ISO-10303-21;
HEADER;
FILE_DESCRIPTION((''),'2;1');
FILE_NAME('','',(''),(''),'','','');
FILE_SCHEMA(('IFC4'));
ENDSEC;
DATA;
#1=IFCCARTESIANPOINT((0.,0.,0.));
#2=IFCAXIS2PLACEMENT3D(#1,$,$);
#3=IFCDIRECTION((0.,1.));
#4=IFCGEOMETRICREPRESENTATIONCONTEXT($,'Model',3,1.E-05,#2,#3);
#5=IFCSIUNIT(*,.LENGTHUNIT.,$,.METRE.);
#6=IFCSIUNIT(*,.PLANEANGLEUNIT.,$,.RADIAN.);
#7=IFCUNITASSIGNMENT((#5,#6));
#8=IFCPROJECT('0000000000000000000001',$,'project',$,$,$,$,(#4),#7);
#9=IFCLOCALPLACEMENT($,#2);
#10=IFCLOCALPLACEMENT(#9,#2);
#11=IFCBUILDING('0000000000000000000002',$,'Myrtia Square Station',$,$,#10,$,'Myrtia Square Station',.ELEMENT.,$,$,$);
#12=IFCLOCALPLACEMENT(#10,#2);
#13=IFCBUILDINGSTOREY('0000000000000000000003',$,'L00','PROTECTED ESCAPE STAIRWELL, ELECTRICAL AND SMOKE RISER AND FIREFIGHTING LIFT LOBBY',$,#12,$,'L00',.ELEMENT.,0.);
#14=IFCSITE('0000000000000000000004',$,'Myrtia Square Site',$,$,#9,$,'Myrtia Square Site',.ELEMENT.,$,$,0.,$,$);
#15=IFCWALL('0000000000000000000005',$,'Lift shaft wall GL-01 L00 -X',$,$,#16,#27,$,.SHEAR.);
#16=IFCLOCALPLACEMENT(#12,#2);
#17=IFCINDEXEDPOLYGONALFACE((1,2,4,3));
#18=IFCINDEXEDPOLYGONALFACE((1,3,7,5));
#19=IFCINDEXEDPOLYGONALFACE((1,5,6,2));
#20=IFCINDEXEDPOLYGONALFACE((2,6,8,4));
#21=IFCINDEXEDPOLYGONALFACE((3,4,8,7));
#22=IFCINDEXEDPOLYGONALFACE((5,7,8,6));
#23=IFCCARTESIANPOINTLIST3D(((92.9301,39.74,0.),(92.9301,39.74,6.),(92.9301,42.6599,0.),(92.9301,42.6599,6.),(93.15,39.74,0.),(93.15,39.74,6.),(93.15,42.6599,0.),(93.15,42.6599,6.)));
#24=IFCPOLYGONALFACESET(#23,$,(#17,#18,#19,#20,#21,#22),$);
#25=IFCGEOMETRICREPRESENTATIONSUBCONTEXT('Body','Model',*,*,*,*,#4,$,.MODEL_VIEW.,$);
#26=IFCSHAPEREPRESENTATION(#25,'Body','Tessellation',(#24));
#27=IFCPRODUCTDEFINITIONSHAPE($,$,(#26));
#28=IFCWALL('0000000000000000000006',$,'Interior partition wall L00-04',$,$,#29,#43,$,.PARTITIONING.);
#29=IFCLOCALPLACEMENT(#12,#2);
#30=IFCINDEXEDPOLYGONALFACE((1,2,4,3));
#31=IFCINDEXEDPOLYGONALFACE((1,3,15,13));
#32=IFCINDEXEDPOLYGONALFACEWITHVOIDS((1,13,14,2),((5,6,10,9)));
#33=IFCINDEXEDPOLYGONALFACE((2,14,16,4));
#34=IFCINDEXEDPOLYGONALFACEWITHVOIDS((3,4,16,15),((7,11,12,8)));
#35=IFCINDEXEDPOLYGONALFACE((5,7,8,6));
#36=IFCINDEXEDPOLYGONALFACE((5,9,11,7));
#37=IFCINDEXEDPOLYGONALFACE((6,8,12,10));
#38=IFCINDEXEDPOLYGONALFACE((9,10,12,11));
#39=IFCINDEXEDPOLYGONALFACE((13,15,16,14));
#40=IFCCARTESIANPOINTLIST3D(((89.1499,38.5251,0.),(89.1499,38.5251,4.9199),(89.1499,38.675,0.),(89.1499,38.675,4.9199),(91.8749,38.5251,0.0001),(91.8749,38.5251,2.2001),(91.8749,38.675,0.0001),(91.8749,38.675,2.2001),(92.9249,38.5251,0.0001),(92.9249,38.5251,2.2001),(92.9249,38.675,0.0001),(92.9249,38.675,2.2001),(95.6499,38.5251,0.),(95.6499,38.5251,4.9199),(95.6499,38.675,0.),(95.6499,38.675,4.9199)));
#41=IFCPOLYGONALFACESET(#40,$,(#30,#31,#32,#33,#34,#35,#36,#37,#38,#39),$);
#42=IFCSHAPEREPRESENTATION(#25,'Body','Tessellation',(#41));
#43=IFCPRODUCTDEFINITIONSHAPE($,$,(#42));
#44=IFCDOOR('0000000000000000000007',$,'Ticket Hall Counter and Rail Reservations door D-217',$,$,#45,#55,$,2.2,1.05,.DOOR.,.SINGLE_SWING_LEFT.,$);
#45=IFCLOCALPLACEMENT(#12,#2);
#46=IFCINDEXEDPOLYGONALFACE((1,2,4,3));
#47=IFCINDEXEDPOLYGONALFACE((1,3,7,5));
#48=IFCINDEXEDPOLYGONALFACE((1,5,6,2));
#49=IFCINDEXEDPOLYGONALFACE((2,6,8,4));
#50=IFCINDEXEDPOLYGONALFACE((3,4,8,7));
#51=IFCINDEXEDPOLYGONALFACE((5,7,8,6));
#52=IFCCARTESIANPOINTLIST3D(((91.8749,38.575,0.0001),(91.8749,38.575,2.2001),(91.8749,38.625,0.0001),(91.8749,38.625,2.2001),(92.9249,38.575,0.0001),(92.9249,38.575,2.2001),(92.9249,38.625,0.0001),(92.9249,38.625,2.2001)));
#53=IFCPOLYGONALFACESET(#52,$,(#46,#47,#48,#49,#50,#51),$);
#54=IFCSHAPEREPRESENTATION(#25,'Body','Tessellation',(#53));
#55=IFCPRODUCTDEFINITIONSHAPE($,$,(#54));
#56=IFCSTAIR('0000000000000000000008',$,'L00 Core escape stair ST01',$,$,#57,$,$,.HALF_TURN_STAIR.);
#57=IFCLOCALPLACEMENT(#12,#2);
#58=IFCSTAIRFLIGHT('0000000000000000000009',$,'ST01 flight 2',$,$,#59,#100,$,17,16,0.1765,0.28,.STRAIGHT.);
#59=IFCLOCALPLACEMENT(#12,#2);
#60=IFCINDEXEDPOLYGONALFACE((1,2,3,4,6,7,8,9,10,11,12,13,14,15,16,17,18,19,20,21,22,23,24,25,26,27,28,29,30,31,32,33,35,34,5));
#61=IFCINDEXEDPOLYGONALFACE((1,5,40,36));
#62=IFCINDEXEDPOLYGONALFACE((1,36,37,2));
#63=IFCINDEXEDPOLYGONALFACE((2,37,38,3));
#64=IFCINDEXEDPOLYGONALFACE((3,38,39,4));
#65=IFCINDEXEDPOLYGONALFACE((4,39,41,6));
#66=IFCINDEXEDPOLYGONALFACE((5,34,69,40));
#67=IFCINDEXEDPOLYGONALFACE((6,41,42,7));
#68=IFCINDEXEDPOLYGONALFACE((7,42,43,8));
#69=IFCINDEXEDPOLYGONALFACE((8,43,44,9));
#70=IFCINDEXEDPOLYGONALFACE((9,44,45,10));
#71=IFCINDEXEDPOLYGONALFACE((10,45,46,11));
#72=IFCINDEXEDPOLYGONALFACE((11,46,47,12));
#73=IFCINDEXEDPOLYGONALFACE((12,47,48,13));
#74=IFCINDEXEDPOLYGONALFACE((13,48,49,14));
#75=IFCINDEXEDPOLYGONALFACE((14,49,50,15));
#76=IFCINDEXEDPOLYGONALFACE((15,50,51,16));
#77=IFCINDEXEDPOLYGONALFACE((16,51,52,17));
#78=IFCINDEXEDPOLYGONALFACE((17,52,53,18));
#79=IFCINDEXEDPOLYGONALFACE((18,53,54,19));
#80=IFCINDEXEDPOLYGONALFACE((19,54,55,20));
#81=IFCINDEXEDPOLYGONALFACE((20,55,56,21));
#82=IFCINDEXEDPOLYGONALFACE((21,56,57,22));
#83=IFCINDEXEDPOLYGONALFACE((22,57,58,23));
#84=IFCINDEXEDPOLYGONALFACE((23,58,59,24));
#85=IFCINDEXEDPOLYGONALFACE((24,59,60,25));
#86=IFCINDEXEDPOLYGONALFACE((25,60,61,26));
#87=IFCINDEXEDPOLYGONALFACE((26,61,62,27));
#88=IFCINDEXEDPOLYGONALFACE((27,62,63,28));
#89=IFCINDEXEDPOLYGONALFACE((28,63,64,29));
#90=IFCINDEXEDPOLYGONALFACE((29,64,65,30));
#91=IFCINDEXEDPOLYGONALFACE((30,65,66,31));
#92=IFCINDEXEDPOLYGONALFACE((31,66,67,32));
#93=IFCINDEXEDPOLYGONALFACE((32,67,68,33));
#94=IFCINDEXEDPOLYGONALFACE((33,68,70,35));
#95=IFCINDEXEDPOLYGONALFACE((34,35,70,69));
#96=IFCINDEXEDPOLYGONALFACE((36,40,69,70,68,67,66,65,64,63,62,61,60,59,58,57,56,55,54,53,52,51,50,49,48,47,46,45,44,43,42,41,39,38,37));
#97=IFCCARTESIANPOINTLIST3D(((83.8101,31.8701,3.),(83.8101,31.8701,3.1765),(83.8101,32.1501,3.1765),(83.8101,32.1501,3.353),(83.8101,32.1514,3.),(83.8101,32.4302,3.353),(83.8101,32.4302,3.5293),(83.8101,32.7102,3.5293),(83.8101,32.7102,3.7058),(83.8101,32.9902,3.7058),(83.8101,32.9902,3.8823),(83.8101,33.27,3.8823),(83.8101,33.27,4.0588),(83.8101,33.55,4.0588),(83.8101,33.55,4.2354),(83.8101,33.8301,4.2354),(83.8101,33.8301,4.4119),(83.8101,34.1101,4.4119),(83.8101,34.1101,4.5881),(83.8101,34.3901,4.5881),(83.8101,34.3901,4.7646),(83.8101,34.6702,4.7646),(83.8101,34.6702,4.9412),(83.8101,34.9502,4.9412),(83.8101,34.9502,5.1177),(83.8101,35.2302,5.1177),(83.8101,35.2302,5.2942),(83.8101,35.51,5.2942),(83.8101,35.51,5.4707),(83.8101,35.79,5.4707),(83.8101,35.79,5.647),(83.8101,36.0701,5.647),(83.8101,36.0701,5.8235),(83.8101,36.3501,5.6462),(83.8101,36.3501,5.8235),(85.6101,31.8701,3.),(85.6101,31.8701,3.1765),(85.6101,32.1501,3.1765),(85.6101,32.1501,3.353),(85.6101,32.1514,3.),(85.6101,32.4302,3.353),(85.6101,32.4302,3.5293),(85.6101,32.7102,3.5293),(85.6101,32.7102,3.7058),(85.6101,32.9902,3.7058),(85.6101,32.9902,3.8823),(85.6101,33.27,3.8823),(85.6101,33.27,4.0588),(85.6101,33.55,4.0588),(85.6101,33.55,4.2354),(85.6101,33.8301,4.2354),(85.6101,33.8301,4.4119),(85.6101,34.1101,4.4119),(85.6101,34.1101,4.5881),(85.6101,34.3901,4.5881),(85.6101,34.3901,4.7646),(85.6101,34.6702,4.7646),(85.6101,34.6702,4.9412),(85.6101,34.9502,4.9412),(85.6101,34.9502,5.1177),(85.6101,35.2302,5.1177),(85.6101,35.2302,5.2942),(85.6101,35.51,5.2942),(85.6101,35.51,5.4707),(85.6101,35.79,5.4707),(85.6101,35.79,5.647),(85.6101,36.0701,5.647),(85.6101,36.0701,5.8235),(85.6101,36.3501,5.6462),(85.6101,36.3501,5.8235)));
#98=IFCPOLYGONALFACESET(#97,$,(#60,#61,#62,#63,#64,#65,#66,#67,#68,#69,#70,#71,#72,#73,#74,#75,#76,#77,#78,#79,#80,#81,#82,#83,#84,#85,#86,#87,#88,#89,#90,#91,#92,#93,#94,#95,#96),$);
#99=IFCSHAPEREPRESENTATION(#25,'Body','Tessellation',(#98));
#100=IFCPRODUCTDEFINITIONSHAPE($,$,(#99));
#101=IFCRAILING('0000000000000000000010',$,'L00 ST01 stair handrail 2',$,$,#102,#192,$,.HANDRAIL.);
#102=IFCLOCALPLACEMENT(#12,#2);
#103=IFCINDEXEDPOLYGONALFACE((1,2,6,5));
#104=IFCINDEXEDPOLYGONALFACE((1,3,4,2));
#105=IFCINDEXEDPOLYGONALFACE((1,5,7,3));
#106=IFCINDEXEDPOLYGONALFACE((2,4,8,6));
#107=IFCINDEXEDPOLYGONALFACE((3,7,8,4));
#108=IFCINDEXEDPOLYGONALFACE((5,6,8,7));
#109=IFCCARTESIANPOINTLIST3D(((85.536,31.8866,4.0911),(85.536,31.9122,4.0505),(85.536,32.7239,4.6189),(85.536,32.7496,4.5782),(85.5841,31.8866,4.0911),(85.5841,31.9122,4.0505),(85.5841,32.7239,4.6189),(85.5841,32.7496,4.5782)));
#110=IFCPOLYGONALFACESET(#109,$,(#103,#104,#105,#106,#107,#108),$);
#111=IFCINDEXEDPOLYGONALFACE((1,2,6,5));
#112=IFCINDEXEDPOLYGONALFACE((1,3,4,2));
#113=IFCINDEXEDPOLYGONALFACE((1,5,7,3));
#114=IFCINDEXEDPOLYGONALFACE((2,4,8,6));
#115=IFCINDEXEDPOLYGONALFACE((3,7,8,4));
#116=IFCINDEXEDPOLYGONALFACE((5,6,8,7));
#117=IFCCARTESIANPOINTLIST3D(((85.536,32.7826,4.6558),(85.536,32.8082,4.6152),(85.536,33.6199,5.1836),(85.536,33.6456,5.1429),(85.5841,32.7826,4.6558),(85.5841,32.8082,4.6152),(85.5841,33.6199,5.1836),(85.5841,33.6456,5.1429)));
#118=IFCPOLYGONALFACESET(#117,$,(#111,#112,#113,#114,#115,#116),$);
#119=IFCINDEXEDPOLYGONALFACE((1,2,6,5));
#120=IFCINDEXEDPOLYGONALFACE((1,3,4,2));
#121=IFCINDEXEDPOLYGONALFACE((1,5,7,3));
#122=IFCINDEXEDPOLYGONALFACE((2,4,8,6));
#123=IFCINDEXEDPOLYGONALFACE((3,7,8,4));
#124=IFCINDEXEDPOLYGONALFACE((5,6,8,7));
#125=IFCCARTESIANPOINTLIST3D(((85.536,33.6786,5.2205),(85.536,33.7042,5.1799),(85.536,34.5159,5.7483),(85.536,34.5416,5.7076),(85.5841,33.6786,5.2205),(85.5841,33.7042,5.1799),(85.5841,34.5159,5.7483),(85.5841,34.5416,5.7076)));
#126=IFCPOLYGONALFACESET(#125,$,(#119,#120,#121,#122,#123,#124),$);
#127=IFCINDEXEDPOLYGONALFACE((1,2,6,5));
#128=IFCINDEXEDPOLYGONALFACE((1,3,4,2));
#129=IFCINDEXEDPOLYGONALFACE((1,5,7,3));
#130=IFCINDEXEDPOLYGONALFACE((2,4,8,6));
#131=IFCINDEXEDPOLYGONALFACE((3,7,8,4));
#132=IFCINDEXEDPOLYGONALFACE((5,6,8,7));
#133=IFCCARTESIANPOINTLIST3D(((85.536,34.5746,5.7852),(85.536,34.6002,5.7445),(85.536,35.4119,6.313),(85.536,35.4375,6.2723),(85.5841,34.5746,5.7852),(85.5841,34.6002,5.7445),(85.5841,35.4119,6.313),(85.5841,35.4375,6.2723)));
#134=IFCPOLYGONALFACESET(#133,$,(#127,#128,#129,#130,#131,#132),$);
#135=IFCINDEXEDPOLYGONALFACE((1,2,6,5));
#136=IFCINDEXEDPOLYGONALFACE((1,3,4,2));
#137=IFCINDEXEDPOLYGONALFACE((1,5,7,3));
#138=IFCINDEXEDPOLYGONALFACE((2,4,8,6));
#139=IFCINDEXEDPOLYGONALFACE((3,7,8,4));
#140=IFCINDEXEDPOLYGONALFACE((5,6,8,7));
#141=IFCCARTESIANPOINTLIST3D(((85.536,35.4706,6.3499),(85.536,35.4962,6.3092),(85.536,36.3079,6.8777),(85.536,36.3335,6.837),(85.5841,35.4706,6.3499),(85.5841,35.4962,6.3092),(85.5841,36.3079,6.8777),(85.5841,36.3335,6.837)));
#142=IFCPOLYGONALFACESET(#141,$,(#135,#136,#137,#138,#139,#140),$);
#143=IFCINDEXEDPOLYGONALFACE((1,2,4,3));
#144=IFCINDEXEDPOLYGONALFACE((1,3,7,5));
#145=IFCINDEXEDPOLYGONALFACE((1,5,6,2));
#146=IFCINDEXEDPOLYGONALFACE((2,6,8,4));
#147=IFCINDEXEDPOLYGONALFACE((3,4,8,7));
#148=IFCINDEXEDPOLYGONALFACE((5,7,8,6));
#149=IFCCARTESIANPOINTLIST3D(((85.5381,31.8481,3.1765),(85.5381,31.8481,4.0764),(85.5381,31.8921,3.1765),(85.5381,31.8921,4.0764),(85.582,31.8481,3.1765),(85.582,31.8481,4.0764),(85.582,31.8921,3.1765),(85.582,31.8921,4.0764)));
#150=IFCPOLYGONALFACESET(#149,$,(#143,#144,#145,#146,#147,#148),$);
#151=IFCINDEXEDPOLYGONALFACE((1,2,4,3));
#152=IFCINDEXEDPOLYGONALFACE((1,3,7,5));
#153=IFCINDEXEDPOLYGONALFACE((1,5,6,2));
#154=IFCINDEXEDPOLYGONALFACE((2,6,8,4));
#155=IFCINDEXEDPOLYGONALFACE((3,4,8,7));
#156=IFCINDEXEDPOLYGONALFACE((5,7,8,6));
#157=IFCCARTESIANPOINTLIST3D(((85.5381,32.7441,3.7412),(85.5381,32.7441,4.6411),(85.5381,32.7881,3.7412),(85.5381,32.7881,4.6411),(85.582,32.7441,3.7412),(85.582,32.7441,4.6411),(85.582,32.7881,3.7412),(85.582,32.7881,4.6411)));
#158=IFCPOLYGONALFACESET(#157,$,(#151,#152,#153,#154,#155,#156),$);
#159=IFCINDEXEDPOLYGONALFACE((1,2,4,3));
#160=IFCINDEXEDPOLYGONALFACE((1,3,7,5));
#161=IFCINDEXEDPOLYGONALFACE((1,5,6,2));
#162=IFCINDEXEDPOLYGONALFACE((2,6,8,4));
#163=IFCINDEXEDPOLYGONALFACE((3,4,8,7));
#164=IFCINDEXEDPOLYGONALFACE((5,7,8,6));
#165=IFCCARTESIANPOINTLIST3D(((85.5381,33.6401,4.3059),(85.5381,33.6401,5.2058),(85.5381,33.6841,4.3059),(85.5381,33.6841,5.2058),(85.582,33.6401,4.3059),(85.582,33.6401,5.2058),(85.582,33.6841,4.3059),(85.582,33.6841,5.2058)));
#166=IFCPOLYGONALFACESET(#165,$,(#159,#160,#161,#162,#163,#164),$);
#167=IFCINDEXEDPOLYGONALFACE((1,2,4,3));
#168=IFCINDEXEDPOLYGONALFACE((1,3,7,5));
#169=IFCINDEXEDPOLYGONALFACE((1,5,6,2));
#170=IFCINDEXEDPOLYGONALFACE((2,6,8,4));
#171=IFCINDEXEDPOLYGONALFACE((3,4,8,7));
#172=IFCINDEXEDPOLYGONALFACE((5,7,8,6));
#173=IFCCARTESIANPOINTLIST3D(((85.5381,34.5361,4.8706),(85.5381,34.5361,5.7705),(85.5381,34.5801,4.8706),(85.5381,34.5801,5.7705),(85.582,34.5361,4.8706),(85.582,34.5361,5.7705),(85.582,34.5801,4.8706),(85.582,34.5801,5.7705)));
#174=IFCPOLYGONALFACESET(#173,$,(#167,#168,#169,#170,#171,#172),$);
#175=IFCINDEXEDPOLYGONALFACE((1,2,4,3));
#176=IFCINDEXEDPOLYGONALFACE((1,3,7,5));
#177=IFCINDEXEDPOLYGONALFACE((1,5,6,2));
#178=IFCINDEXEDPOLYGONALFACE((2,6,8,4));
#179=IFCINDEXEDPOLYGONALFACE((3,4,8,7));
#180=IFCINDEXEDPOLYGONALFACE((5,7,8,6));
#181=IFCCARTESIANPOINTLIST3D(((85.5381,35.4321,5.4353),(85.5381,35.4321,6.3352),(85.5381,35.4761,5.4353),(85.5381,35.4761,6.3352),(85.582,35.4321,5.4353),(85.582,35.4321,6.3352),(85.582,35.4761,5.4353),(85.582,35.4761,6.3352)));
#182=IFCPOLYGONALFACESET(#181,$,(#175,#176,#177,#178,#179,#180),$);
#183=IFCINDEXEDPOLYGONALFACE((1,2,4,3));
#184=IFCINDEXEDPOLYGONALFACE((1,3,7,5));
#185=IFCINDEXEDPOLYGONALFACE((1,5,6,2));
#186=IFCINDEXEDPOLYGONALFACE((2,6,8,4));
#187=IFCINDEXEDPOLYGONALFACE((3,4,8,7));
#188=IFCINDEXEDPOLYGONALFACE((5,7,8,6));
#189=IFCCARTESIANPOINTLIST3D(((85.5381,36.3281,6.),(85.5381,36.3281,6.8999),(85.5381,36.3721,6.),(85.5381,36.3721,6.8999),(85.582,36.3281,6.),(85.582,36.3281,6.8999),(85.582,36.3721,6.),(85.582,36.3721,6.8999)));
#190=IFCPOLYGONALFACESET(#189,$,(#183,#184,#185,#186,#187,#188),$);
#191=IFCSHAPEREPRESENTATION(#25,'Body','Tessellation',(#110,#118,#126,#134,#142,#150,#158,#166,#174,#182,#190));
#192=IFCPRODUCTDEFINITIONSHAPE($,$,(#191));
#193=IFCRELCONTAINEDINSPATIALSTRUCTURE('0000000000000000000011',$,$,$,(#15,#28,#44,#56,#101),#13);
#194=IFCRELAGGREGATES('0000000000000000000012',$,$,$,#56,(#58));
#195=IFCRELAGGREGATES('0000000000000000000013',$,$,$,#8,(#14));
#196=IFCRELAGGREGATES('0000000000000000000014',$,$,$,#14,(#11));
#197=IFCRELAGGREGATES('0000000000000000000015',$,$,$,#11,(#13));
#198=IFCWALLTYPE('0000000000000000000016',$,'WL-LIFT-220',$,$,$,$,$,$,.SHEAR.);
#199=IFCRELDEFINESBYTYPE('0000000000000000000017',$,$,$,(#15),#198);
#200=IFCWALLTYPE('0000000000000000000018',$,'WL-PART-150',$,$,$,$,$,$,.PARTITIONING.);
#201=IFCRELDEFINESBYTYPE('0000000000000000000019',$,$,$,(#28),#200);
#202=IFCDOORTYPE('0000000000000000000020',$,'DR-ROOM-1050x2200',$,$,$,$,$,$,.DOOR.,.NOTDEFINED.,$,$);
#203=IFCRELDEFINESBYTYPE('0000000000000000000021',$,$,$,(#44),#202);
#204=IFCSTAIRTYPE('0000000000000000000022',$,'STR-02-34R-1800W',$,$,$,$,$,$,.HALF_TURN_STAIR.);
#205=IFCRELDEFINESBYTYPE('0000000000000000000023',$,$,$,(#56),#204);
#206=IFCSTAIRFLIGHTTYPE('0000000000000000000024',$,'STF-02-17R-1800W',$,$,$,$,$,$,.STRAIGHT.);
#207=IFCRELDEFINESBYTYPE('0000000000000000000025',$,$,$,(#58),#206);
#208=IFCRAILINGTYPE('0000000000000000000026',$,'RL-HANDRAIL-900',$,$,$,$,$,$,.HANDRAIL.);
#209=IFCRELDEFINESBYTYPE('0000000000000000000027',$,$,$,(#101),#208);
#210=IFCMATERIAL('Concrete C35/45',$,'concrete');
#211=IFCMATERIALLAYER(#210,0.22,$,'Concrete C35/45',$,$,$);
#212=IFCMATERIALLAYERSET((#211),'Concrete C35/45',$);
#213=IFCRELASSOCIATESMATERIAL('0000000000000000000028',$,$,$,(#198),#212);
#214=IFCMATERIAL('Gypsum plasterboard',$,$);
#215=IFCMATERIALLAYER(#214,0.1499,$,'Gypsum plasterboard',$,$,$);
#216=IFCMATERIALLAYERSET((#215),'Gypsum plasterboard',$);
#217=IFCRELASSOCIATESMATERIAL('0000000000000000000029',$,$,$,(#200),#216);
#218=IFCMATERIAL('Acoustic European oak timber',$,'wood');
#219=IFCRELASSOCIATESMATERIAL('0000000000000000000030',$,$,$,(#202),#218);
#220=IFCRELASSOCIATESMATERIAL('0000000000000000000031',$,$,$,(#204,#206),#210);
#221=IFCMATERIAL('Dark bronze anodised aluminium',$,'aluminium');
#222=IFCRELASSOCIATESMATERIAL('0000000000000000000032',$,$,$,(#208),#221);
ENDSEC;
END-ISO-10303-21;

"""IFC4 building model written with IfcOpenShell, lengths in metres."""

from ifc_helpers import new_model, si_unit, direction, frame, frame_2d, origin, origin_2d, place, context, subcontext, project, spatial, polyline, rectangle, outline, extrude, material, layer, layer_set, type_object, element, fill, aggregate, save


model = new_model("IFC4")

# Units and contexts
model_context = context("Model", 3, precision=1e-05, world=origin(), true_north=direction((0.0, 1.0)))
body_context = subcontext(model_context, "Body", "Model", "MODEL_VIEW")
ifc_project = project(units=[si_unit("LENGTHUNIT", "METRE"), si_unit("PLANEANGLEUNIT", "RADIAN")], contexts=[model_context])

# Site, building, storey
site_placement = place(None, origin())
site = spatial("IfcSite", under=ifc_project, at=site_placement, Name="Myrtia Square Site", LongName="Myrtia Square Site", CompositionType="ELEMENT", RefElevation=0.0)
building_placement = place(site_placement, origin())
building = spatial("IfcBuilding", under=site, at=building_placement, Name="Myrtia Square Station", LongName="Myrtia Square Station", CompositionType="ELEMENT")
storey_placement = place(building_placement, origin())
storey = spatial("IfcBuildingStorey", under=building, at=storey_placement, Name="L00", Description="PROTECTED ESCAPE STAIRWELL, ELECTRICAL AND SMOKE RISER AND FIREFIGHTING LIFT LOBBY", LongName="L00", CompositionType="ELEMENT", Elevation=0.0)

# Shared definitions
ifc_material_1 = material(Name="Concrete C35/45", Category="concrete")
ifc_material_2 = material(Name="Dark bronze anodised aluminium", Category="aluminium")

# Shared definitions
ifc_layer_1 = layer(ifc_material_1, 0.22, Name="Concrete C35/45")
ifc_layer_set_1 = layer_set([ifc_layer_1], Name="Concrete C35/45")
wall_type_1 = type_object("IfcWallType", Name="WL-LIFT-220", PredefinedType="SHEAR", material=ifc_layer_set_1)

# Wall
wall_1_placement = place(storey_placement, frame((93.04, 39.74, 0.0), z_axis=(0.0, 0.0, 1.0), x_axis=(0.0, 1.0, 0.0)))
element("IfcWall", 1, at=wall_1_placement, inside=storey, type_object=wall_type_1, Name="Lift shaft wall GL-01 L00 -X", PredefinedType="SHEAR", context=body_context, shape_type="SweptSolid", body=[
    extrude(rectangle(XDim=2.9199, YDim=0.22, at=frame_2d((1.46, 0.0))), origin(), (0.0, 0.0, 1.0), 6.0),
])

# Wall, opening, door
ifc_material_3 = material(Name="Gypsum plasterboard")
ifc_layer_2 = layer(ifc_material_3, 0.1499, Name="Gypsum plasterboard")
ifc_layer_set_2 = layer_set([ifc_layer_2], Name="Gypsum plasterboard")
wall_type_2 = type_object("IfcWallType", Name="WL-PART-150", PredefinedType="PARTITIONING", material=ifc_layer_set_2)
wall_2_placement = place(storey_placement, frame((89.1499, 38.6001, 0.0), z_axis=(0.0, 0.0, 1.0), x_axis=(1.0, 0.0, 0.0)))
wall_2 = element("IfcWall", 2, at=wall_2_placement, inside=storey, type_object=wall_type_2, Name="Interior partition wall L00-04", PredefinedType="PARTITIONING", context=body_context, shape_type="SweptSolid", body=[
    extrude(rectangle(XDim=6.5, YDim=0.1499, at=frame_2d((3.25, 0.0))), origin(), (0.0, 0.0, 1.0), 4.9199),
])
opening_1_placement = place(wall_2_placement, frame((2.7251, 0.0, 0.0)))
opening_1 = element("IfcOpeningElement", 3, at=opening_1_placement, cuts=wall_2, PredefinedType="OPENING", context=body_context, shape_type="SweptSolid", body=[
    extrude(rectangle(XDim=1.05, YDim=2.2, at=frame_2d((0.5249, 1.1001))), frame((0.0, 0.0898, 0.0), z_axis=(0.0, -1.0, 0.0), x_axis=(1.0, 0.0, 0.0)), (0.0, 0.0, 1.0), 0.1799),
])
ifc_material_4 = material(Name="Acoustic European oak timber", Category="wood")
door_type_1 = type_object("IfcDoorType", Name="DR-ROOM-1050x2200", OperationType="NOTDEFINED", PredefinedType="DOOR", material=ifc_material_4)
door_1_placement = place(opening_1_placement, origin())
door_1 = element("IfcDoor", 4, at=door_1_placement, inside=storey, type_object=door_type_1, Name="Ticket Hall Counter and Rail Reservations door D-217", OperationType="SINGLE_SWING_LEFT", OverallHeight=2.2, OverallWidth=1.05, PredefinedType="DOOR", context=body_context, shape_type="SweptSolid", body=[
    extrude(rectangle(XDim=1.05, YDim=2.2, at=frame_2d((0.5249, 1.1001))), frame((0.0, 0.0249, 0.0), z_axis=(0.0, -1.0, 0.0), x_axis=(1.0, 0.0, 0.0)), (0.0, 0.0, 1.0), 0.05),
])
fill(opening_1, door_1)

# Stair, stair flight
stair_type = type_object("IfcStairType", Name="STR-02-34R-1800W", PredefinedType="HALF_TURN_STAIR", material=ifc_material_1)
stair_placement = place(storey_placement, origin())
stair = element("IfcStair", 5, at=stair_placement, inside=storey, type_object=stair_type, Name="L00 Core escape stair ST01", PredefinedType="HALF_TURN_STAIR")
stair_flight_type = type_object("IfcStairFlightType", Name="STF-02-17R-1800W", PredefinedType="STRAIGHT", material=ifc_material_1)
stair_flight_placement = place(storey_placement, frame((84.71, 31.8701, 3.0), z_axis=(0.0, 0.0, 1.0), x_axis=(0.0, 1.0, 0.0)))
stair_flight = element("IfcStairFlight", 6, at=stair_flight_placement, type_object=stair_flight_type, Name="ST01 flight 2", NumberOfRisers=17, NumberOfTreads=16, PredefinedType="STRAIGHT", RiserHeight=0.1765, TreadLength=0.28, context=body_context, shape_type="SweptSolid", body=[
    extrude(outline(polyline([(0.0, 0.0), (0.0, 0.1765), (0.28, 0.1765), (0.28, 0.353), (0.5601, 0.353), (0.5601, 0.5293), (0.8401, 0.5293), (0.8401, 0.7058), (1.1201, 0.7058), (1.1201, 0.8823), (1.3999, 0.8823), (1.3999, 1.0588), (1.6799, 1.0588), (1.6799, 1.2354), (1.96, 1.2354), (1.96, 1.4119), (2.24, 1.4119), (2.24, 1.5881), (2.52, 1.5881), (2.52, 1.7646), (2.8, 1.7646), (2.8, 1.9412), (3.0801, 1.9412), (3.0801, 2.1177), (3.3601, 2.1177), (3.3601, 2.2942), (3.6399, 2.2942), (3.6399, 2.4707), (3.9199, 2.4707), (3.9199, 2.647), (4.2, 2.647), (4.2, 2.8235), (4.48, 2.8235), (4.48, 3.0), (4.48, 2.6462), (0.2812, 0.0), (0.0, 0.0)])), frame((0.0, 0.8999, 0.0), z_axis=(0.0, -1.0, 0.0), x_axis=(1.0, 0.0, 0.0)), (0.0, 0.0, 1.0), 1.8),
])
aggregate(stair, [stair_flight])

# Railing
railing_type_1 = type_object("IfcRailingType", Name="RL-HANDRAIL-900", PredefinedType="HANDRAIL", material=ifc_material_2)
railing_1_placement = place(storey_placement, frame((85.5601, 31.8701, 3.1765)))
element("IfcRailing", 7, at=railing_1_placement, inside=storey, type_object=railing_type_1, Name="L00 ST01 stair handrail 2", PredefinedType="HANDRAIL", context=body_context, shape_type="SweptSolid", body=[
    extrude(rectangle(XDim=0.0481, YDim=0.0481, at=origin_2d()), frame((0.0, 0.0293, 0.8943), z_axis=(0.0, 0.845998, 0.533186), x_axis=(-1.0, 0.0, 0.0)), (0.0, 0.0, 1.0), 0.9897),
    extrude(rectangle(XDim=0.0481, YDim=0.0481, at=origin_2d()), frame((0.0, 0.9253, 1.459), z_axis=(0.0, 0.845998, 0.533186), x_axis=(-1.0, 0.0, 0.0)), (0.0, 0.0, 1.0), 0.9897),
    extrude(rectangle(XDim=0.0481, YDim=0.0481, at=origin_2d()), frame((0.0, 1.8213, 2.0237), z_axis=(0.0, 0.845998, 0.533186), x_axis=(-1.0, 0.0, 0.0)), (0.0, 0.0, 1.0), 0.9897),
    extrude(rectangle(XDim=0.0481, YDim=0.0481, at=origin_2d()), frame((0.0, 2.7173, 2.5884), z_axis=(0.0, 0.845998, 0.533186), x_axis=(-1.0, 0.0, 0.0)), (0.0, 0.0, 1.0), 0.9897),
    extrude(rectangle(XDim=0.0481, YDim=0.0481, at=origin_2d()), frame((0.0, 3.6133, 3.1531), z_axis=(0.0, 0.845998, 0.533186), x_axis=(-1.0, 0.0, 0.0)), (0.0, 0.0, 1.0), 0.9897),
    extrude(rectangle(XDim=0.0439, YDim=0.0439, at=origin_2d()), origin(), (0.0, 0.0, 1.0), 0.8999),
    extrude(rectangle(XDim=0.0439, YDim=0.0439, at=origin_2d()), frame((0.0, 0.896, 0.5647)), (0.0, 0.0, 1.0), 0.8999),
    extrude(rectangle(XDim=0.0439, YDim=0.0439, at=origin_2d()), frame((0.0, 1.792, 1.1294)), (0.0, 0.0, 1.0), 0.8999),
    extrude(rectangle(XDim=0.0439, YDim=0.0439, at=origin_2d()), frame((0.0, 2.688, 1.6941)), (0.0, 0.0, 1.0), 0.8999),
    extrude(rectangle(XDim=0.0439, YDim=0.0439, at=origin_2d()), frame((0.0, 3.584, 2.2588)), (0.0, 0.0, 1.0), 0.8999),
    extrude(rectangle(XDim=0.0439, YDim=0.0439, at=origin_2d()), frame((0.0, 4.48, 2.8235)), (0.0, 0.0, 1.0), 0.8999),
])

save(model, "model.ifc")
